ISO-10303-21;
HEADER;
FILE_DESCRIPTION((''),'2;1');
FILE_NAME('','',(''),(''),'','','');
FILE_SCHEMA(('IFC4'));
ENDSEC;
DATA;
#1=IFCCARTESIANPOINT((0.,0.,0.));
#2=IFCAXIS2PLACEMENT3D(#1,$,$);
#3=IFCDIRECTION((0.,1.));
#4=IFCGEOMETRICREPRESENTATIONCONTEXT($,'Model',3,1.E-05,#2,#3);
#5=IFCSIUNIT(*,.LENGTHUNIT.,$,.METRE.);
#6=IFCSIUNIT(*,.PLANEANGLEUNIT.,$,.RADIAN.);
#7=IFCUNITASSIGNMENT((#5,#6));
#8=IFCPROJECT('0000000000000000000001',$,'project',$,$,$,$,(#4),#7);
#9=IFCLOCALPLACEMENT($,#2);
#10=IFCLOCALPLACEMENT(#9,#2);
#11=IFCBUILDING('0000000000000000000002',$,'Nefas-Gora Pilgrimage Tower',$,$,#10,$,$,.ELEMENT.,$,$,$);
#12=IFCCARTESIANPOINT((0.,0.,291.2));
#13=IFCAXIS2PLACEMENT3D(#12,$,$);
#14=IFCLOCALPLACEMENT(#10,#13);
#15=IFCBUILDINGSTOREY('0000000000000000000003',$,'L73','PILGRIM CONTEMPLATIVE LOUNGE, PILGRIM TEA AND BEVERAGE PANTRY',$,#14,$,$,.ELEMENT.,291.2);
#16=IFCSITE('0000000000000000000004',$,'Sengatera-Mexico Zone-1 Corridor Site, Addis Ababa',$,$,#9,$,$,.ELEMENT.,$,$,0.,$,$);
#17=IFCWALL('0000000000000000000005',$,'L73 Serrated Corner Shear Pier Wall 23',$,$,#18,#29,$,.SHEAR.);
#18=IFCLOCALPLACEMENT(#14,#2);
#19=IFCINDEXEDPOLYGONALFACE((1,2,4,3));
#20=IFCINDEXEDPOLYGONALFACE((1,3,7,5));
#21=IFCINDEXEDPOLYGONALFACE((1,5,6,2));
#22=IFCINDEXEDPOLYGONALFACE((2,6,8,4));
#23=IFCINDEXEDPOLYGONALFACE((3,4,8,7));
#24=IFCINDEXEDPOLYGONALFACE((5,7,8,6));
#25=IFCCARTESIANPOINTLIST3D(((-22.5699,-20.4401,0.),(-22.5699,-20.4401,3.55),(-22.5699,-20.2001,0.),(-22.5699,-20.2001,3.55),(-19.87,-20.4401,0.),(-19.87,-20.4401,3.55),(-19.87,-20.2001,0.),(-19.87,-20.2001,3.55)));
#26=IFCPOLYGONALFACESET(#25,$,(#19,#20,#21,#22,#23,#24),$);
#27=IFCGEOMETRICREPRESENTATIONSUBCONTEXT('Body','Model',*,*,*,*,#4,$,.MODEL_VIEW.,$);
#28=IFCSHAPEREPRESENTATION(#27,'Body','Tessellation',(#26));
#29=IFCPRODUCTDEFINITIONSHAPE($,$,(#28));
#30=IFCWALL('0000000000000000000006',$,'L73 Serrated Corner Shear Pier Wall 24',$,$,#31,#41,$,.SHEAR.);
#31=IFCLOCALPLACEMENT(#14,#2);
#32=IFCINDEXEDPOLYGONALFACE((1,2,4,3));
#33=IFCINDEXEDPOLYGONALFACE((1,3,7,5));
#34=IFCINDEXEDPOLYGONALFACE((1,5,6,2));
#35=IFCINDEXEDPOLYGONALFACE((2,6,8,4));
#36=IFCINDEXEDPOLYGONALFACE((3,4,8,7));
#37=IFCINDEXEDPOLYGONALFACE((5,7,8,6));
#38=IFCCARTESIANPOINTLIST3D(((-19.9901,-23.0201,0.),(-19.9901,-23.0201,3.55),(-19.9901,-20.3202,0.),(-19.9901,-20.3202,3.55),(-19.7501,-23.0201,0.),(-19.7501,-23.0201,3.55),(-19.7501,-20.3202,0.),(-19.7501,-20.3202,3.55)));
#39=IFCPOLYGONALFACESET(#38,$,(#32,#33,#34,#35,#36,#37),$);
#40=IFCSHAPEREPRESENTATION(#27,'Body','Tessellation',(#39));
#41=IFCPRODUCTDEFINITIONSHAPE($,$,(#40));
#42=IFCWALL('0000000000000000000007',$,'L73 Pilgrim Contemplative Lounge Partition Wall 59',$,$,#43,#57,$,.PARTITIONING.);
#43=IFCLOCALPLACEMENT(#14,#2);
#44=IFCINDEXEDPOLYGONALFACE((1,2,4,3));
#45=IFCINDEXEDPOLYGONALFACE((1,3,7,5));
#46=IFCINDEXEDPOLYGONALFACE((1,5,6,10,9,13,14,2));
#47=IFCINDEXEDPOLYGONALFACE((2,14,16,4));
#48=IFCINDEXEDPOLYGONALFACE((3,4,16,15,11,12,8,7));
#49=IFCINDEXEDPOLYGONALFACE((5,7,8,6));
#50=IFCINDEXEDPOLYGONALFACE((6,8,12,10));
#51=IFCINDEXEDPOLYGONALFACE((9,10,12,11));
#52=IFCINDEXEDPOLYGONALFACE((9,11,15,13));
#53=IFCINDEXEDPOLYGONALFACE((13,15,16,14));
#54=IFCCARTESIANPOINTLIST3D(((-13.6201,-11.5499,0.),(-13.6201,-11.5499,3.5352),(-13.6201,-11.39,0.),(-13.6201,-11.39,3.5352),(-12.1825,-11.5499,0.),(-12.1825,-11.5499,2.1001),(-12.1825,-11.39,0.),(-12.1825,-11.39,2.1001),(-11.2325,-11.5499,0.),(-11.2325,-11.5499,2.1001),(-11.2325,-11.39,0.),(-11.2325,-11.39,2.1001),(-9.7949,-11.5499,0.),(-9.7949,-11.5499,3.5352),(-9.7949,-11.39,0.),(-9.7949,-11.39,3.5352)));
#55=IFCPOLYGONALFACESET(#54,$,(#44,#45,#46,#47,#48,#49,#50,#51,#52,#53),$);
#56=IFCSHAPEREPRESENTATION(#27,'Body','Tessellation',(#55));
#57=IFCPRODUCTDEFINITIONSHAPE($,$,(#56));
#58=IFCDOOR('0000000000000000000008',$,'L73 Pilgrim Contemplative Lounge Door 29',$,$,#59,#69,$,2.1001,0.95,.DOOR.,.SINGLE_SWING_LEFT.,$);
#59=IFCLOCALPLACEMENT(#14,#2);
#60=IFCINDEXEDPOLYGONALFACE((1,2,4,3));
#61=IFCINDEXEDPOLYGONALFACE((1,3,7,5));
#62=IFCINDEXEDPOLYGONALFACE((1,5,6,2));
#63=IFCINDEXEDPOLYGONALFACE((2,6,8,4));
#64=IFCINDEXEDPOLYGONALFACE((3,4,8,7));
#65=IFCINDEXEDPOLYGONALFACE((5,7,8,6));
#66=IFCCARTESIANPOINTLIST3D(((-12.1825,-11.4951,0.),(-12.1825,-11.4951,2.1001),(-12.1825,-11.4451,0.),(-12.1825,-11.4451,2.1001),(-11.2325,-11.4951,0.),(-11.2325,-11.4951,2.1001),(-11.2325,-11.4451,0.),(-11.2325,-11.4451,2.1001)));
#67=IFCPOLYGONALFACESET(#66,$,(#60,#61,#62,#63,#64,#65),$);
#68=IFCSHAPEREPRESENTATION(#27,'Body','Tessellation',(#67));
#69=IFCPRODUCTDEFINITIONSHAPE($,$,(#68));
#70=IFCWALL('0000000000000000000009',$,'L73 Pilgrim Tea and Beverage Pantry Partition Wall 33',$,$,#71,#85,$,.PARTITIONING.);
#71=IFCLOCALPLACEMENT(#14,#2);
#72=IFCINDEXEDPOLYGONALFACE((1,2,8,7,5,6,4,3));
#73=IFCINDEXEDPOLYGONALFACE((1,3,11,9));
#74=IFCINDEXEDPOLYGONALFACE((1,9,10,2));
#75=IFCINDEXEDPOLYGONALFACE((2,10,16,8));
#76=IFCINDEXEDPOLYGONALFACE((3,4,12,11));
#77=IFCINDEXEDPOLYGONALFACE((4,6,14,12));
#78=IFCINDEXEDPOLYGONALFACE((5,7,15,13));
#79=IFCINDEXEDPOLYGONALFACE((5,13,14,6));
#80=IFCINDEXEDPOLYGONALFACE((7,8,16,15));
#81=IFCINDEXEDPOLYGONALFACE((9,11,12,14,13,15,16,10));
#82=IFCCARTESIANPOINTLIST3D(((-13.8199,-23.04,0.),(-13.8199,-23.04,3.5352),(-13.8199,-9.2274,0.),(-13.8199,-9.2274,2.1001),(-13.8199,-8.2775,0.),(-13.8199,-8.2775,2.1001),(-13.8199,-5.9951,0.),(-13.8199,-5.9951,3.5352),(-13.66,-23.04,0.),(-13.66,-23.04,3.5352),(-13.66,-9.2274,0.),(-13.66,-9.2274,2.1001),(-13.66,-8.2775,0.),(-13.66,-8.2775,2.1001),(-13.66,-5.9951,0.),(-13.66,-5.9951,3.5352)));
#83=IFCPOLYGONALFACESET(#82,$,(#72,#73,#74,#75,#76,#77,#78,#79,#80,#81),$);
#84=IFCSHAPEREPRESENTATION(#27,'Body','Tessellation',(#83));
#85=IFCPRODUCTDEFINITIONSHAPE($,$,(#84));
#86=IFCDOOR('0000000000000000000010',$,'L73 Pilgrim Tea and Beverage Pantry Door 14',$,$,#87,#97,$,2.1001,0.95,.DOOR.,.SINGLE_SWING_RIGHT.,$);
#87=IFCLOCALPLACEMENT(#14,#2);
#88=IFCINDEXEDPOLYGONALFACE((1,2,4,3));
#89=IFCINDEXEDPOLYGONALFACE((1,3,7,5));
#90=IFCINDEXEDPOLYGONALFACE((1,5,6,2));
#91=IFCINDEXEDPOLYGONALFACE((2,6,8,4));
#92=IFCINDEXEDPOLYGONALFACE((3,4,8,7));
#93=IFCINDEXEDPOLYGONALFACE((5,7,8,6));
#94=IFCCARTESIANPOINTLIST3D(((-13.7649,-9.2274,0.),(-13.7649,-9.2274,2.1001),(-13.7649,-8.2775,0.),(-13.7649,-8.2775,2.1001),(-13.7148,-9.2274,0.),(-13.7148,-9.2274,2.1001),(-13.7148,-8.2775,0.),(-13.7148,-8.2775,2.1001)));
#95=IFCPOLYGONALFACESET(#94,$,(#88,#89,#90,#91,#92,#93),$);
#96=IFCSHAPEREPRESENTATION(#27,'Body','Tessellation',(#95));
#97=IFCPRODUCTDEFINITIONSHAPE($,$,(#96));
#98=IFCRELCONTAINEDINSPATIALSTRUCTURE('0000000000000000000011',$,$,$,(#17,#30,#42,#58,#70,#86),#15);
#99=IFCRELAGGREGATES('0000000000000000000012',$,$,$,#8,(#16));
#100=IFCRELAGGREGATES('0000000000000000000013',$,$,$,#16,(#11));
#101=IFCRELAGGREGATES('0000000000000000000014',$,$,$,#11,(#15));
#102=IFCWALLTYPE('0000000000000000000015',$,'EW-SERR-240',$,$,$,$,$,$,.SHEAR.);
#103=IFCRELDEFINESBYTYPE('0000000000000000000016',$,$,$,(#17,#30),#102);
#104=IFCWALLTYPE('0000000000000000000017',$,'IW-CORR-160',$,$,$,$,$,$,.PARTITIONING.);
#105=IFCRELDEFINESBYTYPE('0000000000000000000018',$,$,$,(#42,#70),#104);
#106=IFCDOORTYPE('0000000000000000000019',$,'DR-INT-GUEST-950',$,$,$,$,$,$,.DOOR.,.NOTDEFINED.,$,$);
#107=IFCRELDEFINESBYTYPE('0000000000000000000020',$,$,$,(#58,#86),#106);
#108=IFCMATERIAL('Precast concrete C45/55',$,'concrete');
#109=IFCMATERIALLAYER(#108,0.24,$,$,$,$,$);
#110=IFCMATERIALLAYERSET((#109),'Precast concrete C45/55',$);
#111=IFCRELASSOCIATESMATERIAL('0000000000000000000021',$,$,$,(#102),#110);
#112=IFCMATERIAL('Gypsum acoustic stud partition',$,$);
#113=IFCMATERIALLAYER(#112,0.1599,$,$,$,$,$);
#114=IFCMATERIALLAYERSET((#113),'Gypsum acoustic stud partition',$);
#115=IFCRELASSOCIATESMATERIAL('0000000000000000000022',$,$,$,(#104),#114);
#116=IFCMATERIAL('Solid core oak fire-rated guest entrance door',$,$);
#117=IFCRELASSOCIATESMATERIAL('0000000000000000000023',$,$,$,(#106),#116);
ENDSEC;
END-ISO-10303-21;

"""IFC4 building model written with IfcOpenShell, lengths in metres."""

from ifc_helpers import new_model, si_unit, direction, frame, frame_2d, origin, place, context, subcontext, project, spatial, rectangle, extrude, source, transform, mapped, material, layer, layer_set, type_object, element, fill, save


model = new_model("IFC4")

# Units and contexts
model_context = context("Model", 3, precision=1e-05, world=origin(), true_north=direction((0.0, 1.0)))
body_context = subcontext(model_context, "Body", "Model", "MODEL_VIEW")
ifc_project = project(units=[si_unit("LENGTHUNIT", "METRE"), si_unit("PLANEANGLEUNIT", "RADIAN")], contexts=[model_context])

# Site, building, storey
site_placement = place(None, origin())
site = spatial("IfcSite", under=ifc_project, at=site_placement, Name="Sengatera-Mexico Zone-1 Corridor Site, Addis Ababa", CompositionType="ELEMENT", RefElevation=0.0)
building_placement = place(site_placement, origin())
building = spatial("IfcBuilding", under=site, at=building_placement, Name="Nefas-Gora Pilgrimage Tower", CompositionType="ELEMENT")
storey_placement = place(building_placement, frame((0.0, 0.0, 291.2)))
storey = spatial("IfcBuildingStorey", under=building, at=storey_placement, Name="L73", Description="PILGRIM CONTEMPLATIVE LOUNGE, PILGRIM TEA AND BEVERAGE PANTRY", CompositionType="ELEMENT", Elevation=291.2)

# Shared definitions
ifc_material_1 = material(Name="Precast concrete C45/55", Category="concrete")
ifc_layer_1 = layer(ifc_material_1, 0.24)
ifc_layer_set_1 = layer_set([ifc_layer_1], Name="Precast concrete C45/55")
wall_type_1 = type_object("IfcWallType", Name="EW-SERR-240", PredefinedType="SHEAR", material=ifc_layer_set_1)
shared_shape_1 = source(origin(), body_context, "Body", "SweptSolid", [
    extrude(rectangle(XDim=2.7, YDim=0.24, at=frame_2d((1.3501, 0.0))), origin(), (0.0, 0.0, 1.0), 3.55),
])

# Walls
for number, where, z_axis, x_axis, name in (
    (1, (-22.5701, -20.3201, 0.0), (0.0, 0.0, 1.0), (1.0, 0.0, 0.0), "L73 Serrated Corner Shear Pier Wall 23"),
    (2, (-19.8701, -20.3201, 0.0), (0.0, 0.0, 1.0), (0.0, -1.0, 0.0), "L73 Serrated Corner Shear Pier Wall 24"),
):
    element("IfcWall", number, at=place(storey_placement, frame(where, z_axis=z_axis, x_axis=x_axis)), inside=storey, type_object=wall_type_1, Name=name, PredefinedType="SHEAR", context=body_context, shape_type="MappedRepresentation", body=[
        mapped(shared_shape_1, transform((0.0, 0.0, 0.0), x_axis=(1.0, 0.0, 0.0), y_axis=(0.0, 1.0, 0.0), z_axis=(0.0, 0.0, 1.0), scale=1.0)),
    ])

# Walls, openings, doors
ifc_material_2 = material(Name="Gypsum acoustic stud partition")
ifc_layer_2 = layer(ifc_material_2, 0.1599)
ifc_layer_set_2 = layer_set([ifc_layer_2], Name="Gypsum acoustic stud partition")
wall_type_2 = type_object("IfcWallType", Name="IW-CORR-160", PredefinedType="PARTITIONING", material=ifc_layer_set_2)
shared_shape_2 = source(origin(), body_context, "Body", "SweptSolid", [
    extrude(rectangle(XDim=3.8252, YDim=0.1599, at=frame_2d((1.9126, 0.0))), origin(), (0.0, 0.0, 1.0), 3.5352),
])
wall_1_placement = place(storey_placement, frame((-13.6201, -11.47, 0.0), z_axis=(0.0, 0.0, 1.0), x_axis=(1.0, 0.0, 0.0)))
wall_1 = element("IfcWall", 3, at=wall_1_placement, inside=storey, type_object=wall_type_2, Name="L73 Pilgrim Contemplative Lounge Partition Wall 59", PredefinedType="PARTITIONING", context=body_context, shape_type="MappedRepresentation", body=[
    mapped(shared_shape_2, transform((0.0, 0.0, 0.0), x_axis=(1.0, 0.0, 0.0), y_axis=(0.0, 1.0, 0.0), z_axis=(0.0, 0.0, 1.0), scale=1.0)),
])
opening_1_placement = place(wall_1_placement, frame((1.4375, 0.0, 0.0)))
opening_1 = element("IfcOpeningElement", 4, at=opening_1_placement, cuts=wall_1, PredefinedType="OPENING", context=body_context, shape_type="SweptSolid", body=[
    extrude(rectangle(XDim=0.95, YDim=2.1001, at=frame_2d((0.4751, 1.05))), frame((0.0, 0.0898, 0.0), z_axis=(0.0, -1.0, 0.0), x_axis=(1.0, 0.0, 0.0)), (0.0, 0.0, 1.0), 0.1799),
])
ifc_material_3 = material(Name="Solid core oak fire-rated guest entrance door")
door_type = type_object("IfcDoorType", Name="DR-INT-GUEST-950", OperationType="NOTDEFINED", PredefinedType="DOOR", material=ifc_material_3)
shared_shape_3 = source(origin(), body_context, "Body", "SweptSolid", [
    extrude(rectangle(XDim=0.95, YDim=2.1001, at=frame_2d((0.4751, 1.05))), frame((0.0, 0.0249, 0.0), z_axis=(0.0, -1.0, 0.0), x_axis=(1.0, 0.0, 0.0)), (0.0, 0.0, 1.0), 0.05),
])
door_1_placement = place(opening_1_placement, origin())
door_1 = element("IfcDoor", 5, at=door_1_placement, inside=storey, type_object=door_type, Name="L73 Pilgrim Contemplative Lounge Door 29", OperationType="SINGLE_SWING_LEFT", OverallHeight=2.1001, OverallWidth=0.95, PredefinedType="DOOR", context=body_context, shape_type="MappedRepresentation", body=[
    mapped(shared_shape_3, transform((0.0, 0.0, 0.0), x_axis=(1.0, 0.0, 0.0), y_axis=(0.0, 1.0, 0.0), z_axis=(0.0, 0.0, 1.0), scale=1.0)),
])
fill(opening_1, door_1)
shared_shape_4 = source(origin(), body_context, "Body", "SweptSolid", [
    extrude(rectangle(XDim=17.0449, YDim=0.1599, at=frame_2d((8.5225, 0.0))), origin(), (0.0, 0.0, 1.0), 3.5352),
])
wall_2_placement = place(storey_placement, frame((-13.74, -23.04, 0.0), z_axis=(0.0, 0.0, 1.0), x_axis=(0.0, 1.0, 0.0)))
wall_2 = element("IfcWall", 6, at=wall_2_placement, inside=storey, type_object=wall_type_2, Name="L73 Pilgrim Tea and Beverage Pantry Partition Wall 33", PredefinedType="PARTITIONING", context=body_context, shape_type="MappedRepresentation", body=[
    mapped(shared_shape_4, transform((0.0, 0.0, 0.0), x_axis=(1.0, 0.0, 0.0), y_axis=(0.0, 1.0, 0.0), z_axis=(0.0, 0.0, 1.0), scale=1.0)),
])
opening_2_placement = place(wall_2_placement, frame((13.8125, 0.0, 0.0)))
opening_2 = element("IfcOpeningElement", 7, at=opening_2_placement, cuts=wall_2, PredefinedType="OPENING", context=body_context, shape_type="SweptSolid", body=[
    extrude(rectangle(XDim=0.95, YDim=2.1001, at=frame_2d((0.4751, 1.05))), frame((0.0, 0.0898, 0.0), z_axis=(0.0, -1.0, 0.0), x_axis=(1.0, 0.0, 0.0)), (0.0, 0.0, 1.0), 0.1799),
])
door_2_placement = place(opening_2_placement, origin())
door_2 = element("IfcDoor", 8, at=door_2_placement, inside=storey, type_object=door_type, Name="L73 Pilgrim Tea and Beverage Pantry Door 14", OperationType="SINGLE_SWING_RIGHT", OverallHeight=2.1001, OverallWidth=0.95, PredefinedType="DOOR", context=body_context, shape_type="MappedRepresentation", body=[
    mapped(shared_shape_3, transform((0.0, 0.0, 0.0), x_axis=(1.0, 0.0, 0.0), y_axis=(0.0, 1.0, 0.0), z_axis=(0.0, 0.0, 1.0), scale=1.0)),
])
fill(opening_2, door_2)

save(model, "model.ifc")
